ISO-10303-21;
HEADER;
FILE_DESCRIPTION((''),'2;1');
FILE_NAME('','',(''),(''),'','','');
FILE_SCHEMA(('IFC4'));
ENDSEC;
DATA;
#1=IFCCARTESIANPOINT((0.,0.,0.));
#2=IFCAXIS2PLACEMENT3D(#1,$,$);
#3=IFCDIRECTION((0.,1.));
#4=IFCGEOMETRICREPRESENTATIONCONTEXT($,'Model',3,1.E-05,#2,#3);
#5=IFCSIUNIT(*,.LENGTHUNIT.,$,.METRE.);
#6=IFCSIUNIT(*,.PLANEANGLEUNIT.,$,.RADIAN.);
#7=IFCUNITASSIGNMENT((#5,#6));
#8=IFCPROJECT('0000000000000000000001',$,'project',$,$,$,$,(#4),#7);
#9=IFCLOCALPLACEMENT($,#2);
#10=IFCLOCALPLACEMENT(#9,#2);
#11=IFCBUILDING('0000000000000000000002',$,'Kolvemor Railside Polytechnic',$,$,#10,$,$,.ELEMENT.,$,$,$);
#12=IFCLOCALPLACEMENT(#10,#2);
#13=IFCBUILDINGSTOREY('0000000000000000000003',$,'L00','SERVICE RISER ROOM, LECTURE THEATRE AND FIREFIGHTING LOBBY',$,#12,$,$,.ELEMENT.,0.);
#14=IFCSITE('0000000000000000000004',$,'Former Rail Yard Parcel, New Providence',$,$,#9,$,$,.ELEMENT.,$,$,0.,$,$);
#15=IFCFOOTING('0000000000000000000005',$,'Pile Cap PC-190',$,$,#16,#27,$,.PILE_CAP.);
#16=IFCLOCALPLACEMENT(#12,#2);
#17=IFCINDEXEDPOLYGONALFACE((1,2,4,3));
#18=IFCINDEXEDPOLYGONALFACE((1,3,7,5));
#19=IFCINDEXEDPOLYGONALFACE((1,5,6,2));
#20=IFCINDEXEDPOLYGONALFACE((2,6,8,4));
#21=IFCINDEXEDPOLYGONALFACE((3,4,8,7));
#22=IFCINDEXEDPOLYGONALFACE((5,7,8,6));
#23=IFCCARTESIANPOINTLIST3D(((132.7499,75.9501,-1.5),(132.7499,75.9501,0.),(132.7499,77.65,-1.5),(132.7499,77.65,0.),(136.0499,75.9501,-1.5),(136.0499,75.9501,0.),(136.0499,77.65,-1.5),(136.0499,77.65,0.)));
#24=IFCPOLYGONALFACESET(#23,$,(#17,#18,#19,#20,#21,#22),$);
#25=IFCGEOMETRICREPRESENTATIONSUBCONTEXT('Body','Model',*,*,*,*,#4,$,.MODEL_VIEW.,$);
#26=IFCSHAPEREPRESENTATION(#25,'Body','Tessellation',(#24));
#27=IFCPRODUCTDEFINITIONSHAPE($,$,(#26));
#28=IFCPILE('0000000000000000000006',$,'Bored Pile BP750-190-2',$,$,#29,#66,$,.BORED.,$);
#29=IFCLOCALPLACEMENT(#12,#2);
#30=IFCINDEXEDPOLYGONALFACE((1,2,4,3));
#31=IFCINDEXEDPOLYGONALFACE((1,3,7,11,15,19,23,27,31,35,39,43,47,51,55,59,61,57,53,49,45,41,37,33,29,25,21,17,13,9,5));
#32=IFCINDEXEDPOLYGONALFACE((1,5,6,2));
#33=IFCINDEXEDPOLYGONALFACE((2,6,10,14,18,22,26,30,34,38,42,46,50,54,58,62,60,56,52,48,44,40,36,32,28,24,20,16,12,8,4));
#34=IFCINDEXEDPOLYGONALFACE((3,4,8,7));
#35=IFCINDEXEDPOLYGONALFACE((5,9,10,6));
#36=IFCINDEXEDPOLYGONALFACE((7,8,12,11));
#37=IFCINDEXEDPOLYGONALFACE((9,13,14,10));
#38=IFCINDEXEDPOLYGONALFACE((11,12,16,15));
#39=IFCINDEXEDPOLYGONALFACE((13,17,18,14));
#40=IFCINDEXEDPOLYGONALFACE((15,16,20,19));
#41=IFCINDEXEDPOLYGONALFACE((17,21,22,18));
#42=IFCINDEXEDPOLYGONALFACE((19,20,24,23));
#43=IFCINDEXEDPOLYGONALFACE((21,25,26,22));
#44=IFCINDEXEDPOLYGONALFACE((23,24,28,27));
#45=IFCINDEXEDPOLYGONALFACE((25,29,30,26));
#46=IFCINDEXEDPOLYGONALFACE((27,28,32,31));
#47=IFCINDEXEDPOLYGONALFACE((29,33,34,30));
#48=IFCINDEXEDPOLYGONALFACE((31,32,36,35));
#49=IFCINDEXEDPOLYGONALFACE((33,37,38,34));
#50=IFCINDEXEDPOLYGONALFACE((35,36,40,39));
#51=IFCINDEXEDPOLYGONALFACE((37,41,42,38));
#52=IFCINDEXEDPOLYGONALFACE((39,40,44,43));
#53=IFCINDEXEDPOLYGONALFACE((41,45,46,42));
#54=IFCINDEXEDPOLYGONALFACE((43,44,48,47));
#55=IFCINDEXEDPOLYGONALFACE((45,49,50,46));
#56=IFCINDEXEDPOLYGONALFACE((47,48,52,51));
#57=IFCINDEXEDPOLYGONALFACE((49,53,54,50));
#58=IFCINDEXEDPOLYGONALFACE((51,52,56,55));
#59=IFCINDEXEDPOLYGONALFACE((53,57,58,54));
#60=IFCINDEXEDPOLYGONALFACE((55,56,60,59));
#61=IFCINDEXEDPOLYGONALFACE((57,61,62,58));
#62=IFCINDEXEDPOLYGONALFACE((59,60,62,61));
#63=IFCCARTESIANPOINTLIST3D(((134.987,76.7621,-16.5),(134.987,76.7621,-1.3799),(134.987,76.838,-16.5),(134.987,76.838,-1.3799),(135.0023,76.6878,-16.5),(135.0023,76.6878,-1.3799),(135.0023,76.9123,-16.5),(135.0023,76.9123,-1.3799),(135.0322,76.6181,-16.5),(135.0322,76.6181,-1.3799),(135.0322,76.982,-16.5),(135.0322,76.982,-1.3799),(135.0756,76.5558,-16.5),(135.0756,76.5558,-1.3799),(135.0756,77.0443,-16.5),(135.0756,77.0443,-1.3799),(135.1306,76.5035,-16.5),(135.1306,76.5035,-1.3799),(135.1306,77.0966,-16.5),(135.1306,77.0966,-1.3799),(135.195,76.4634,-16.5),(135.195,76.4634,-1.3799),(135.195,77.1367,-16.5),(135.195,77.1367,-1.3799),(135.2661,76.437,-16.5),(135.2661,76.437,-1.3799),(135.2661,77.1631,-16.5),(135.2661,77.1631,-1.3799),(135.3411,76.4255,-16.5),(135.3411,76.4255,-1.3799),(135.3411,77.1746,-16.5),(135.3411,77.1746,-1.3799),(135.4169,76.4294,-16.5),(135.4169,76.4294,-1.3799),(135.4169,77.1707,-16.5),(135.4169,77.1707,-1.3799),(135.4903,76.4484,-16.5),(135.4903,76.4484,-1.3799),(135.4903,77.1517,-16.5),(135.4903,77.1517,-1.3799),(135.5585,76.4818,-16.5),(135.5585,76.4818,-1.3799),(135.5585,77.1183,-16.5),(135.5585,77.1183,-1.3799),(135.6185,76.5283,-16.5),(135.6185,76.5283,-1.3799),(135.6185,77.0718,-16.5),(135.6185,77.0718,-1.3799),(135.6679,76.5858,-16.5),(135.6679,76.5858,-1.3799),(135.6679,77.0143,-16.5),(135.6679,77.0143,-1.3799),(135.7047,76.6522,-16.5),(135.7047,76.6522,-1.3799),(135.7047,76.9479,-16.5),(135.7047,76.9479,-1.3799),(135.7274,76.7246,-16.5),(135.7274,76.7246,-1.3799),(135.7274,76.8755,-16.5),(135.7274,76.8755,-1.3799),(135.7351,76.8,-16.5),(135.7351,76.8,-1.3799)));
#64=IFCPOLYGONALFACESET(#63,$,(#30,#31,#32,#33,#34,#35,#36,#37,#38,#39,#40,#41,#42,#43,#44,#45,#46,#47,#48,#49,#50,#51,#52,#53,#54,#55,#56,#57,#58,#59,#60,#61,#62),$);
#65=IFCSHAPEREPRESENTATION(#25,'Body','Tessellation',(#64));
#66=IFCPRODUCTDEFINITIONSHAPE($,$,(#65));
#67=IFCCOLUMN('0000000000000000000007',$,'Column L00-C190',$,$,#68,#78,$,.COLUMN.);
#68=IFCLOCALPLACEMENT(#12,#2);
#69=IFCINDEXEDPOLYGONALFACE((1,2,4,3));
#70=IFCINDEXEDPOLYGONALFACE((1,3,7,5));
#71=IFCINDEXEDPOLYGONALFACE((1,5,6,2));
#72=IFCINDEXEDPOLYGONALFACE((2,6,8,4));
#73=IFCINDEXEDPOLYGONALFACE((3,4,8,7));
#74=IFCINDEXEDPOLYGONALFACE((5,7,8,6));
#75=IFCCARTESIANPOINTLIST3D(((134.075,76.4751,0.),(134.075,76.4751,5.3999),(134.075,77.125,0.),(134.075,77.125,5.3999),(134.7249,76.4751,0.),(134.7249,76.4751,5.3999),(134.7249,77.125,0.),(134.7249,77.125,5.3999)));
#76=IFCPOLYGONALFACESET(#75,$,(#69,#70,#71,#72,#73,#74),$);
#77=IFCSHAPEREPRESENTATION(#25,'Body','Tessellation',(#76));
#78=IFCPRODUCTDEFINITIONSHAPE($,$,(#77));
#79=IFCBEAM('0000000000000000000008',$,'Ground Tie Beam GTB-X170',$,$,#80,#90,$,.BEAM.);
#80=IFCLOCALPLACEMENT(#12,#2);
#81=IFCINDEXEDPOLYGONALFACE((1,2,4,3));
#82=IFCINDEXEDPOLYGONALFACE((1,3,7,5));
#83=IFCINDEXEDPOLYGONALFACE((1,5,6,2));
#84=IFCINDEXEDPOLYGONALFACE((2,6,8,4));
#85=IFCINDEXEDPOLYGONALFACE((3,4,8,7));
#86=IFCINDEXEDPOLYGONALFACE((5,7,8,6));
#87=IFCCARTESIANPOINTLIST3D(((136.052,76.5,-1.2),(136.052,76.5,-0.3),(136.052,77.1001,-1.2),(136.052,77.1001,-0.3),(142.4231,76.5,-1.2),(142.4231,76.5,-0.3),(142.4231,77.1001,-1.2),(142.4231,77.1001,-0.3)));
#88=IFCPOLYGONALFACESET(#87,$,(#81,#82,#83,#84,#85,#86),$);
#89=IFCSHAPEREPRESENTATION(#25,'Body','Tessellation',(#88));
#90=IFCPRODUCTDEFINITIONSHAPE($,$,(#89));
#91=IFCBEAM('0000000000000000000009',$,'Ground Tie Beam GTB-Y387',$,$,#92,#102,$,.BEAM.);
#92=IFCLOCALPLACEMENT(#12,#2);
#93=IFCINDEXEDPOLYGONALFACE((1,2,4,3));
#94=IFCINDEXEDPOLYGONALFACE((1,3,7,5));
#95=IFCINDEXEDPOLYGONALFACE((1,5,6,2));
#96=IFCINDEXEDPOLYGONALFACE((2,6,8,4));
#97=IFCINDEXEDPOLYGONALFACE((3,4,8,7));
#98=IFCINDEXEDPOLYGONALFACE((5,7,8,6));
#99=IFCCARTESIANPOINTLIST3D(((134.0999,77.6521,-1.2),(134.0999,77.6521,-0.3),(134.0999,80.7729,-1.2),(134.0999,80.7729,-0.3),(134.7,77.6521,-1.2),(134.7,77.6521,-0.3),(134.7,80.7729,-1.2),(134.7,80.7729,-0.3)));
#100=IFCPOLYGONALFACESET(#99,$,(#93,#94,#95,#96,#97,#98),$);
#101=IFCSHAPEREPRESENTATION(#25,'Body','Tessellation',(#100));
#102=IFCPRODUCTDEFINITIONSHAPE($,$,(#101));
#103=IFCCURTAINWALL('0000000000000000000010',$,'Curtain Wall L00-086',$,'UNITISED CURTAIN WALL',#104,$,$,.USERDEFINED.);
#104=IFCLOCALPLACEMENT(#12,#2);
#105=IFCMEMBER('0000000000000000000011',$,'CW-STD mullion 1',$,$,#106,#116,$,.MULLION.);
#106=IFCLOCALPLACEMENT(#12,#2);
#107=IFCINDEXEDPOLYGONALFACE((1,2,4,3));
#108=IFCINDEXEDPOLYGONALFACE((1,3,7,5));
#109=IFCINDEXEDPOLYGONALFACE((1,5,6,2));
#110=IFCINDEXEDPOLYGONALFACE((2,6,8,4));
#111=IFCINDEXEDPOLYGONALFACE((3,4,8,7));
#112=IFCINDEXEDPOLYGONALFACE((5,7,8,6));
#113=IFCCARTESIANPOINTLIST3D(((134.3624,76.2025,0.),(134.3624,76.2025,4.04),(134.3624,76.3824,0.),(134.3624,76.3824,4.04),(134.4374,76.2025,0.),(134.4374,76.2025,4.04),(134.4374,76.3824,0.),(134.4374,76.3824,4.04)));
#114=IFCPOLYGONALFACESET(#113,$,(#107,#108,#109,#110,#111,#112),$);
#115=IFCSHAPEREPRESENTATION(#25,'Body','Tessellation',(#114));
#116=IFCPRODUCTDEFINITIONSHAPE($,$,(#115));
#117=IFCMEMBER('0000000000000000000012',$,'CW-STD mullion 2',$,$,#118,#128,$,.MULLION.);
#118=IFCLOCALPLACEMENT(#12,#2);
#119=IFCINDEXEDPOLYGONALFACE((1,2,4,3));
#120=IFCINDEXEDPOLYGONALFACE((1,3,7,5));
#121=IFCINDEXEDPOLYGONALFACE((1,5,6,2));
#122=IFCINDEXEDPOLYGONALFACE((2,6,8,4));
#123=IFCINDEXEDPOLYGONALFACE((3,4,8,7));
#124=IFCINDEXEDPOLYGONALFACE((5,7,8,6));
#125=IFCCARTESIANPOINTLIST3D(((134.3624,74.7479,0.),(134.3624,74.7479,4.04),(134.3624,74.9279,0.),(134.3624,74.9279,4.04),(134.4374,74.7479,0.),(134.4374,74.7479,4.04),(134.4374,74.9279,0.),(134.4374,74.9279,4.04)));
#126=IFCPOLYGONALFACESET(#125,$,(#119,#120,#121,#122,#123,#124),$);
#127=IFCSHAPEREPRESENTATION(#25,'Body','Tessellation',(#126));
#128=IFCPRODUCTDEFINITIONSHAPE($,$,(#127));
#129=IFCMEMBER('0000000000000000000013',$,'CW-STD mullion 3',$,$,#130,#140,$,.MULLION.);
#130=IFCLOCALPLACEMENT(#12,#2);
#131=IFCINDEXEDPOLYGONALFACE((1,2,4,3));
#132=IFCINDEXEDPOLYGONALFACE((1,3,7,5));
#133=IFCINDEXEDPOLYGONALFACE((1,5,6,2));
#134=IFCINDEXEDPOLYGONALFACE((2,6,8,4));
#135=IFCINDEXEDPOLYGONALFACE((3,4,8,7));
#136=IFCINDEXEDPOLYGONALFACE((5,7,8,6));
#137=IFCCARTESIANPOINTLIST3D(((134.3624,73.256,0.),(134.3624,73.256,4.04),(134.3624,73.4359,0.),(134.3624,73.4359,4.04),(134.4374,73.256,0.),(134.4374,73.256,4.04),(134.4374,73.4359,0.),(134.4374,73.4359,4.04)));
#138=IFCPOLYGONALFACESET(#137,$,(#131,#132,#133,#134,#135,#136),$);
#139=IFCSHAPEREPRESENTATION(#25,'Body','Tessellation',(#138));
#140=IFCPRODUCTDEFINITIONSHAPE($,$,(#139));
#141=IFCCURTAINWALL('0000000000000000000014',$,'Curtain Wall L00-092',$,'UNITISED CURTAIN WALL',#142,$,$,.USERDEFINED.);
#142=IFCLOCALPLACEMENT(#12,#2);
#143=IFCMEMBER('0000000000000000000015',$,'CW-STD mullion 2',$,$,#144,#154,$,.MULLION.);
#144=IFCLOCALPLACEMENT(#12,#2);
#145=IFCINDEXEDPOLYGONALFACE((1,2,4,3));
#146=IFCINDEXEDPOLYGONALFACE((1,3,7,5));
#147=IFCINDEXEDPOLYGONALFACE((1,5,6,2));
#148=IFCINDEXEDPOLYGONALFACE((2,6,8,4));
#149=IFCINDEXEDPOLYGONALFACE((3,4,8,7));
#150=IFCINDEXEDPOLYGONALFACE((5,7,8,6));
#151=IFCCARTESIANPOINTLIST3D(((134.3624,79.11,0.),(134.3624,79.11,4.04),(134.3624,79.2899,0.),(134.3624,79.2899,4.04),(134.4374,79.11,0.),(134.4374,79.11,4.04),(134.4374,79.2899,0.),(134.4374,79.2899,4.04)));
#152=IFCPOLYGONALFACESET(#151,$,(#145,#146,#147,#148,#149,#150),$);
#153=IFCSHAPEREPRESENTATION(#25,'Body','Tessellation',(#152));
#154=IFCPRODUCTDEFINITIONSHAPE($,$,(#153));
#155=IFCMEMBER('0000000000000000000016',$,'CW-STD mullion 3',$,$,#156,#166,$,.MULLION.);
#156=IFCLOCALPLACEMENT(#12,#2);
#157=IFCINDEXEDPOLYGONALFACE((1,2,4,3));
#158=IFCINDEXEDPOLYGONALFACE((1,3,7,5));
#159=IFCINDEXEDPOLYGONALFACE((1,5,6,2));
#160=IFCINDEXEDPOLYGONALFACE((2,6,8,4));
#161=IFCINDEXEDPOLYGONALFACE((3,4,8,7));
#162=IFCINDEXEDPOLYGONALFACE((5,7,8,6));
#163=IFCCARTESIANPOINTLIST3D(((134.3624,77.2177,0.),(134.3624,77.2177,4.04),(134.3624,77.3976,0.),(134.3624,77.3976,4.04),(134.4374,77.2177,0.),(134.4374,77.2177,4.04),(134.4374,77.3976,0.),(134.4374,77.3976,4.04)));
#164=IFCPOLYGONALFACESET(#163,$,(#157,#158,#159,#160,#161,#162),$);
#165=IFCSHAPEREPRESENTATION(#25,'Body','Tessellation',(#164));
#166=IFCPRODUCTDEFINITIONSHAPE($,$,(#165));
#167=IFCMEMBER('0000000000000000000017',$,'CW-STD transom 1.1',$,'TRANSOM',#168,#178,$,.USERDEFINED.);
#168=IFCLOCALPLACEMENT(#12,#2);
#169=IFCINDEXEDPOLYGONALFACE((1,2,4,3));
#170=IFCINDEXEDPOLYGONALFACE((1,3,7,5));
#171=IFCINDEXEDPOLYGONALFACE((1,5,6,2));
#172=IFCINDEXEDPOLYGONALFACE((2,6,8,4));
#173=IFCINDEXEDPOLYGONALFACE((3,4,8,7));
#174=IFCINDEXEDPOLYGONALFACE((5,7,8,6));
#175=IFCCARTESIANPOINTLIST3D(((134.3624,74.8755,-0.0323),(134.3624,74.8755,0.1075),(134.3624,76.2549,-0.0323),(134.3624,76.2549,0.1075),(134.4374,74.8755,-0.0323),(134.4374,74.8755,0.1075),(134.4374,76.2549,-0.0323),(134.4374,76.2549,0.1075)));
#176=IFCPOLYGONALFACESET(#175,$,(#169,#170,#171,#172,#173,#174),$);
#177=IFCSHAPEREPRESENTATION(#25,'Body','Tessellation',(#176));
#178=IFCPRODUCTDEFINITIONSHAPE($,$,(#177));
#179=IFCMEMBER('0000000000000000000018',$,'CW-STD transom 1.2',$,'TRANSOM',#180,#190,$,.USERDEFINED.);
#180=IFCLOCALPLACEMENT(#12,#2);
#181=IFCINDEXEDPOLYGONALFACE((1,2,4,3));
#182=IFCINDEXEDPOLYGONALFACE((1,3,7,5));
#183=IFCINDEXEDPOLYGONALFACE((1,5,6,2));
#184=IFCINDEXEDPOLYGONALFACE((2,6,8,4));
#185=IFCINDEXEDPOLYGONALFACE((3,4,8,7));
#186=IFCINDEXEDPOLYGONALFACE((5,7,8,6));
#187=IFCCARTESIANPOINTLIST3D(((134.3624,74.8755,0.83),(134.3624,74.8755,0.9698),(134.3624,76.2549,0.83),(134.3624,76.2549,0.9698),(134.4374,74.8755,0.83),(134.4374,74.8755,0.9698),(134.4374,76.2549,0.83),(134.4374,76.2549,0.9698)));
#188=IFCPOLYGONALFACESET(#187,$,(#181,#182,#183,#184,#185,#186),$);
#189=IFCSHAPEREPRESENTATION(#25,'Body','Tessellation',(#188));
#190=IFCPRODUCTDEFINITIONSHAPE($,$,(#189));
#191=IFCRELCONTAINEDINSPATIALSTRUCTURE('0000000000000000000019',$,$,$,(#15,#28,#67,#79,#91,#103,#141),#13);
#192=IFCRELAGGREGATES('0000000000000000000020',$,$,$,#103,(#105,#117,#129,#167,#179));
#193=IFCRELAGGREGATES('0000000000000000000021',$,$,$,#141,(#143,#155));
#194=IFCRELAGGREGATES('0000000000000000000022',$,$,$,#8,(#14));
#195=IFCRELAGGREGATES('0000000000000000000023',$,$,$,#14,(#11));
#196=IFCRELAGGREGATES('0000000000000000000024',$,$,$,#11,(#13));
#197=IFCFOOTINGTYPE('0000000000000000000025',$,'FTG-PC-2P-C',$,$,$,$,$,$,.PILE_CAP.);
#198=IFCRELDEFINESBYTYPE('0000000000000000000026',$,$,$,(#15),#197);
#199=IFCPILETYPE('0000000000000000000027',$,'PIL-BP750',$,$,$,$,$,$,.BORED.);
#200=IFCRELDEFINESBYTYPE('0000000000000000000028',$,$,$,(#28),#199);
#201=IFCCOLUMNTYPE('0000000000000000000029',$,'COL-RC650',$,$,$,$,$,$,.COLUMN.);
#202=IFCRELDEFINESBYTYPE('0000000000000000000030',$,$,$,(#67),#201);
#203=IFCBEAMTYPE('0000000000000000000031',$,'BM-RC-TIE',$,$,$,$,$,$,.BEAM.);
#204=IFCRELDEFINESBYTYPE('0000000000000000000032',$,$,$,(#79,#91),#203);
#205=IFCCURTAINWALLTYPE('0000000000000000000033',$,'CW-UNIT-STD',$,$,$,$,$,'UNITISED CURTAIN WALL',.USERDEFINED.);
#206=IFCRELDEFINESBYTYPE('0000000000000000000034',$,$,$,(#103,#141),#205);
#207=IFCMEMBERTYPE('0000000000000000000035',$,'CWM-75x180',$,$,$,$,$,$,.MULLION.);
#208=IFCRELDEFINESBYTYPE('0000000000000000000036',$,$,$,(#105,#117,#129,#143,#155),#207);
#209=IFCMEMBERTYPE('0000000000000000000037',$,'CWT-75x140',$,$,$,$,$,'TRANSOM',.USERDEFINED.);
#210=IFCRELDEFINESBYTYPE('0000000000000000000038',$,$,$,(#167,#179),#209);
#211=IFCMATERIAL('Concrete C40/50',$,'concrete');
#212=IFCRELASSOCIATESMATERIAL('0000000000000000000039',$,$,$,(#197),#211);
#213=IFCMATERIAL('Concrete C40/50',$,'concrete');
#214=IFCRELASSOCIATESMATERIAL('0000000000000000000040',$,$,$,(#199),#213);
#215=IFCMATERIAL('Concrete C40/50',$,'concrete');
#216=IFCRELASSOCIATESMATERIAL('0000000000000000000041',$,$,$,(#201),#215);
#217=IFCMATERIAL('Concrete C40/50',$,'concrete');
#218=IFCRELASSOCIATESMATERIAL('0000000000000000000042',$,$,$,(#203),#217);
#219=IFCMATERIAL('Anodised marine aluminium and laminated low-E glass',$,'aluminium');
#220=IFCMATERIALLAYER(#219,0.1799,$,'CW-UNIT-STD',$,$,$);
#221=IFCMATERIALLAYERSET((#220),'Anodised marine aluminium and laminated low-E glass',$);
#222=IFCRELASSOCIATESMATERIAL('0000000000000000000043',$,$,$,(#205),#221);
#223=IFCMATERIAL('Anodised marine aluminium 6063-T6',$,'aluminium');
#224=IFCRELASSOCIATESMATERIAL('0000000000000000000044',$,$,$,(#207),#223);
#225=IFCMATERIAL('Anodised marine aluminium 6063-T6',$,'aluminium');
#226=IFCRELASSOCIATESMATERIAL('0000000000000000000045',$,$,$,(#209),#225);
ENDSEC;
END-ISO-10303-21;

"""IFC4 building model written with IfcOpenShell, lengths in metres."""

from ifc_helpers import new_model, si_unit, direction, frame, origin, origin_2d, place, context, subcontext, project, spatial, rectangle, circle, extrude, material, layer, layer_set, material_profile, profile_set, type_object, element, aggregate, save


model = new_model("IFC4")

# Units and contexts
model_context = context("Model", 3, precision=1e-05, world=origin(), true_north=direction((0.0, 1.0)))
body_context = subcontext(model_context, "Body", "Model", "MODEL_VIEW")
ifc_project = project(units=[si_unit("LENGTHUNIT", "METRE"), si_unit("PLANEANGLEUNIT", "RADIAN")], contexts=[model_context])

# Site, building, storey
site_placement = place(None, origin())
site = spatial("IfcSite", under=ifc_project, at=site_placement, Name="Former Rail Yard Parcel, New Providence", CompositionType="ELEMENT", RefElevation=0.0)
building_placement = place(site_placement, origin())
building = spatial("IfcBuilding", under=site, at=building_placement, Name="Kolvemor Railside Polytechnic", CompositionType="ELEMENT")
storey_placement = place(building_placement, origin())
storey = spatial("IfcBuildingStorey", under=building, at=storey_placement, Name="L00", Description="SERVICE RISER ROOM, LECTURE THEATRE AND FIREFIGHTING LOBBY", CompositionType="ELEMENT", Elevation=0.0)

# Footing
ifc_material_1 = material(Name="Concrete C40/50", Category="concrete")
footing_type = type_object("IfcFootingType", Name="FTG-PC-2P-C", PredefinedType="PILE_CAP", material=ifc_material_1)
footing_placement = place(storey_placement, frame((134.3999, 76.8, -1.5), z_axis=(0.0, 0.0, 1.0), x_axis=(1.0, 0.0, 0.0)))
element("IfcFooting", 1, at=footing_placement, inside=storey, type_object=footing_type, Name="Pile Cap PC-190", PredefinedType="PILE_CAP", context=body_context, shape_type="SweptSolid", body=[
    extrude(rectangle(XDim=3.3, YDim=1.7, at=origin_2d()), origin(), (0.0, 0.0, 1.0), 1.5),
])

# Pile
ifc_material_2 = material(Name="Concrete C40/50", Category="concrete")
ifc_material_profile_1 = material_profile(ifc_material_2, circle(Radius=0.375, at=origin_2d()), Name="BP750")
ifc_profile_set_1 = profile_set([ifc_material_profile_1], Name="Concrete C40/50")
pile_type = type_object("IfcPileType", Name="PIL-BP750", PredefinedType="BORED", material=ifc_profile_set_1)
pile_placement = place(storey_placement, frame((135.3601, 76.8, -1.3799), z_axis=(0.0, 0.0, -1.0), x_axis=(1.0, 0.0, 0.0)))
element("IfcPile", 2, at=pile_placement, inside=storey, type_object=pile_type, Name="Bored Pile BP750-190-2", PredefinedType="BORED", context=body_context, shape_type="SweptSolid", body=[
    extrude(circle(Radius=0.375, at=origin_2d()), origin(), (0.0, 0.0, 1.0), 15.1201),
])

# Column
ifc_material_3 = material(Name="Concrete C40/50", Category="concrete")
ifc_material_profile_2 = material_profile(ifc_material_3, rectangle(XDim=0.6499, YDim=0.6499, at=origin_2d()), Name="RC650x650")
ifc_profile_set_2 = profile_set([ifc_material_profile_2], Name="Concrete C40/50")
column_type = type_object("IfcColumnType", Name="COL-RC650", PredefinedType="COLUMN", material=ifc_profile_set_2)
column_placement = place(storey_placement, frame((134.3999, 76.8, 0.0), z_axis=(0.0, 0.0, 1.0), x_axis=(1.0, 0.0, 0.0)))
element("IfcColumn", 3, at=column_placement, inside=storey, type_object=column_type, Name="Column L00-C190", PredefinedType="COLUMN", context=body_context, shape_type="SweptSolid", body=[
    extrude(rectangle(XDim=0.6499, YDim=0.6499, at=origin_2d()), origin(), (0.0, 0.0, 1.0), 5.3999),
])

# Beams
ifc_material_4 = material(Name="Concrete C40/50", Category="concrete")
ifc_material_profile_3 = material_profile(ifc_material_4, rectangle(XDim=0.6001, YDim=0.8999, at=origin_2d()), Name="RC600x900")
ifc_profile_set_3 = profile_set([ifc_material_profile_3], Name="Concrete C40/50")
beam_type = type_object("IfcBeamType", Name="BM-RC-TIE", PredefinedType="BEAM", material=ifc_profile_set_3)
beam_1_placement = place(storey_placement, frame((136.052, 76.8, -0.75), z_axis=(1.0, 0.0, 0.0), x_axis=(0.0, 1.0, 0.0)))
element("IfcBeam", 4, at=beam_1_placement, inside=storey, type_object=beam_type, Name="Ground Tie Beam GTB-X170", PredefinedType="BEAM", context=body_context, shape_type="SweptSolid", body=[
    extrude(rectangle(XDim=0.6001, YDim=0.8999, at=origin_2d()), origin(), (0.0, 0.0, 1.0), 6.3711),
])
beam_2_placement = place(storey_placement, frame((134.3999, 77.6521, -0.75), z_axis=(0.0, 1.0, 0.0), x_axis=(-1.0, 0.0, 0.0)))
element("IfcBeam", 5, at=beam_2_placement, inside=storey, type_object=beam_type, Name="Ground Tie Beam GTB-Y387", PredefinedType="BEAM", context=body_context, shape_type="SweptSolid", body=[
    extrude(rectangle(XDim=0.6001, YDim=0.8999, at=origin_2d()), origin(), (0.0, 0.0, 1.0), 3.1208),
])

# Curtain walls, members
ifc_material_5 = material(Name="Anodised marine aluminium and laminated low-E glass", Category="aluminium")
ifc_layer_1 = layer(ifc_material_5, 0.1799, Name="CW-UNIT-STD")
ifc_layer_set_1 = layer_set([ifc_layer_1], Name="Anodised marine aluminium and laminated low-E glass")
curtain_wall_type = type_object("IfcCurtainWallType", Name="CW-UNIT-STD", ElementType="UNITISED CURTAIN WALL", PredefinedType="USERDEFINED", material=ifc_layer_set_1)
curtain_wall_1_placement = place(storey_placement, origin())
curtain_wall_1 = element("IfcCurtainWall", 6, at=curtain_wall_1_placement, inside=storey, type_object=curtain_wall_type, Name="Curtain Wall L00-086", ObjectType="UNITISED CURTAIN WALL", PredefinedType="USERDEFINED")
ifc_material_6 = material(Name="Anodised marine aluminium 6063-T6", Category="aluminium")
ifc_material_profile_4 = material_profile(ifc_material_6, rectangle(XDim=0.075, YDim=0.1799, at=origin_2d()), Name="CW-MUL-75x180")
ifc_profile_set_4 = profile_set([ifc_material_profile_4], Name="Anodised marine aluminium 6063-T6")
member_type_1 = type_object("IfcMemberType", Name="CWM-75x180", PredefinedType="MULLION", material=ifc_profile_set_4)
member_1_placement = place(storey_placement, frame((134.3999, 76.2925, 0.0), z_axis=(0.0, 0.0, 1.0), x_axis=(1.0, 0.0, 0.0)))
member_1 = element("IfcMember", 7, at=member_1_placement, type_object=member_type_1, Name="CW-STD mullion 1", PredefinedType="MULLION", context=body_context, shape_type="SweptSolid", body=[
    extrude(rectangle(XDim=0.075, YDim=0.1799, at=origin_2d()), origin(), (0.0, 0.0, 1.0), 4.04),
])
member_2_placement = place(storey_placement, frame((134.3999, 74.8379, 0.0), z_axis=(0.0, 0.0, 1.0), x_axis=(1.0, 0.0, 0.0)))
member_2 = element("IfcMember", 8, at=member_2_placement, type_object=member_type_1, Name="CW-STD mullion 2", PredefinedType="MULLION", context=body_context, shape_type="SweptSolid", body=[
    extrude(rectangle(XDim=0.075, YDim=0.1799, at=origin_2d()), origin(), (0.0, 0.0, 1.0), 4.04),
])
member_3_placement = place(storey_placement, frame((134.3999, 73.3459, 0.0), z_axis=(0.0, 0.0, 1.0), x_axis=(1.0, 0.0, 0.0)))
member_3 = element("IfcMember", 9, at=member_3_placement, type_object=member_type_1, Name="CW-STD mullion 3", PredefinedType="MULLION", context=body_context, shape_type="SweptSolid", body=[
    extrude(rectangle(XDim=0.075, YDim=0.1799, at=origin_2d()), origin(), (0.0, 0.0, 1.0), 4.04),
])
curtain_wall_2_placement = place(storey_placement, origin())
curtain_wall_2 = element("IfcCurtainWall", 10, at=curtain_wall_2_placement, inside=storey, type_object=curtain_wall_type, Name="Curtain Wall L00-092", ObjectType="UNITISED CURTAIN WALL", PredefinedType="USERDEFINED")
member_4_placement = place(storey_placement, frame((134.3999, 79.2, 0.0), z_axis=(0.0, 0.0, 1.0), x_axis=(1.0, 0.0, 0.0)))
member_4 = element("IfcMember", 11, at=member_4_placement, type_object=member_type_1, Name="CW-STD mullion 2", PredefinedType="MULLION", context=body_context, shape_type="SweptSolid", body=[
    extrude(rectangle(XDim=0.075, YDim=0.1799, at=origin_2d()), origin(), (0.0, 0.0, 1.0), 4.04),
])
member_5_placement = place(storey_placement, frame((134.3999, 77.3076, 0.0), z_axis=(0.0, 0.0, 1.0), x_axis=(1.0, 0.0, 0.0)))
member_5 = element("IfcMember", 12, at=member_5_placement, type_object=member_type_1, Name="CW-STD mullion 3", PredefinedType="MULLION", context=body_context, shape_type="SweptSolid", body=[
    extrude(rectangle(XDim=0.075, YDim=0.1799, at=origin_2d()), origin(), (0.0, 0.0, 1.0), 4.04),
])

# Members
ifc_material_7 = material(Name="Anodised marine aluminium 6063-T6", Category="aluminium")
ifc_material_profile_5 = material_profile(ifc_material_7, rectangle(XDim=0.075, YDim=0.1399, at=origin_2d()), Name="CW-TRN-75x140")
ifc_profile_set_5 = profile_set([ifc_material_profile_5], Name="Anodised marine aluminium 6063-T6")
member_type_2 = type_object("IfcMemberType", Name="CWT-75x140", ElementType="TRANSOM", PredefinedType="USERDEFINED", material=ifc_profile_set_5)
member_6_placement = place(storey_placement, frame((134.3999, 76.2549, 0.0376), z_axis=(0.0, -1.0, 0.0), x_axis=(1.0, 0.0, 0.0)))
member_6 = element("IfcMember", 13, at=member_6_placement, type_object=member_type_2, Name="CW-STD transom 1.1", ObjectType="TRANSOM", PredefinedType="USERDEFINED", context=body_context, shape_type="SweptSolid", body=[
    extrude(rectangle(XDim=0.075, YDim=0.1399, at=origin_2d()), origin(), (0.0, 0.0, 1.0), 1.3794),
])
member_7_placement = place(storey_placement, frame((134.3999, 76.2549, 0.8999), z_axis=(0.0, -1.0, 0.0), x_axis=(1.0, 0.0, 0.0)))
member_7 = element("IfcMember", 14, at=member_7_placement, type_object=member_type_2, Name="CW-STD transom 1.2", ObjectType="TRANSOM", PredefinedType="USERDEFINED", context=body_context, shape_type="SweptSolid", body=[
    extrude(rectangle(XDim=0.075, YDim=0.1399, at=origin_2d()), origin(), (0.0, 0.0, 1.0), 1.3794),
])

aggregate(curtain_wall_1, [member_1, member_2, member_3, member_6, member_7])
aggregate(curtain_wall_2, [member_4, member_5])

save(model, "model.ifc")
